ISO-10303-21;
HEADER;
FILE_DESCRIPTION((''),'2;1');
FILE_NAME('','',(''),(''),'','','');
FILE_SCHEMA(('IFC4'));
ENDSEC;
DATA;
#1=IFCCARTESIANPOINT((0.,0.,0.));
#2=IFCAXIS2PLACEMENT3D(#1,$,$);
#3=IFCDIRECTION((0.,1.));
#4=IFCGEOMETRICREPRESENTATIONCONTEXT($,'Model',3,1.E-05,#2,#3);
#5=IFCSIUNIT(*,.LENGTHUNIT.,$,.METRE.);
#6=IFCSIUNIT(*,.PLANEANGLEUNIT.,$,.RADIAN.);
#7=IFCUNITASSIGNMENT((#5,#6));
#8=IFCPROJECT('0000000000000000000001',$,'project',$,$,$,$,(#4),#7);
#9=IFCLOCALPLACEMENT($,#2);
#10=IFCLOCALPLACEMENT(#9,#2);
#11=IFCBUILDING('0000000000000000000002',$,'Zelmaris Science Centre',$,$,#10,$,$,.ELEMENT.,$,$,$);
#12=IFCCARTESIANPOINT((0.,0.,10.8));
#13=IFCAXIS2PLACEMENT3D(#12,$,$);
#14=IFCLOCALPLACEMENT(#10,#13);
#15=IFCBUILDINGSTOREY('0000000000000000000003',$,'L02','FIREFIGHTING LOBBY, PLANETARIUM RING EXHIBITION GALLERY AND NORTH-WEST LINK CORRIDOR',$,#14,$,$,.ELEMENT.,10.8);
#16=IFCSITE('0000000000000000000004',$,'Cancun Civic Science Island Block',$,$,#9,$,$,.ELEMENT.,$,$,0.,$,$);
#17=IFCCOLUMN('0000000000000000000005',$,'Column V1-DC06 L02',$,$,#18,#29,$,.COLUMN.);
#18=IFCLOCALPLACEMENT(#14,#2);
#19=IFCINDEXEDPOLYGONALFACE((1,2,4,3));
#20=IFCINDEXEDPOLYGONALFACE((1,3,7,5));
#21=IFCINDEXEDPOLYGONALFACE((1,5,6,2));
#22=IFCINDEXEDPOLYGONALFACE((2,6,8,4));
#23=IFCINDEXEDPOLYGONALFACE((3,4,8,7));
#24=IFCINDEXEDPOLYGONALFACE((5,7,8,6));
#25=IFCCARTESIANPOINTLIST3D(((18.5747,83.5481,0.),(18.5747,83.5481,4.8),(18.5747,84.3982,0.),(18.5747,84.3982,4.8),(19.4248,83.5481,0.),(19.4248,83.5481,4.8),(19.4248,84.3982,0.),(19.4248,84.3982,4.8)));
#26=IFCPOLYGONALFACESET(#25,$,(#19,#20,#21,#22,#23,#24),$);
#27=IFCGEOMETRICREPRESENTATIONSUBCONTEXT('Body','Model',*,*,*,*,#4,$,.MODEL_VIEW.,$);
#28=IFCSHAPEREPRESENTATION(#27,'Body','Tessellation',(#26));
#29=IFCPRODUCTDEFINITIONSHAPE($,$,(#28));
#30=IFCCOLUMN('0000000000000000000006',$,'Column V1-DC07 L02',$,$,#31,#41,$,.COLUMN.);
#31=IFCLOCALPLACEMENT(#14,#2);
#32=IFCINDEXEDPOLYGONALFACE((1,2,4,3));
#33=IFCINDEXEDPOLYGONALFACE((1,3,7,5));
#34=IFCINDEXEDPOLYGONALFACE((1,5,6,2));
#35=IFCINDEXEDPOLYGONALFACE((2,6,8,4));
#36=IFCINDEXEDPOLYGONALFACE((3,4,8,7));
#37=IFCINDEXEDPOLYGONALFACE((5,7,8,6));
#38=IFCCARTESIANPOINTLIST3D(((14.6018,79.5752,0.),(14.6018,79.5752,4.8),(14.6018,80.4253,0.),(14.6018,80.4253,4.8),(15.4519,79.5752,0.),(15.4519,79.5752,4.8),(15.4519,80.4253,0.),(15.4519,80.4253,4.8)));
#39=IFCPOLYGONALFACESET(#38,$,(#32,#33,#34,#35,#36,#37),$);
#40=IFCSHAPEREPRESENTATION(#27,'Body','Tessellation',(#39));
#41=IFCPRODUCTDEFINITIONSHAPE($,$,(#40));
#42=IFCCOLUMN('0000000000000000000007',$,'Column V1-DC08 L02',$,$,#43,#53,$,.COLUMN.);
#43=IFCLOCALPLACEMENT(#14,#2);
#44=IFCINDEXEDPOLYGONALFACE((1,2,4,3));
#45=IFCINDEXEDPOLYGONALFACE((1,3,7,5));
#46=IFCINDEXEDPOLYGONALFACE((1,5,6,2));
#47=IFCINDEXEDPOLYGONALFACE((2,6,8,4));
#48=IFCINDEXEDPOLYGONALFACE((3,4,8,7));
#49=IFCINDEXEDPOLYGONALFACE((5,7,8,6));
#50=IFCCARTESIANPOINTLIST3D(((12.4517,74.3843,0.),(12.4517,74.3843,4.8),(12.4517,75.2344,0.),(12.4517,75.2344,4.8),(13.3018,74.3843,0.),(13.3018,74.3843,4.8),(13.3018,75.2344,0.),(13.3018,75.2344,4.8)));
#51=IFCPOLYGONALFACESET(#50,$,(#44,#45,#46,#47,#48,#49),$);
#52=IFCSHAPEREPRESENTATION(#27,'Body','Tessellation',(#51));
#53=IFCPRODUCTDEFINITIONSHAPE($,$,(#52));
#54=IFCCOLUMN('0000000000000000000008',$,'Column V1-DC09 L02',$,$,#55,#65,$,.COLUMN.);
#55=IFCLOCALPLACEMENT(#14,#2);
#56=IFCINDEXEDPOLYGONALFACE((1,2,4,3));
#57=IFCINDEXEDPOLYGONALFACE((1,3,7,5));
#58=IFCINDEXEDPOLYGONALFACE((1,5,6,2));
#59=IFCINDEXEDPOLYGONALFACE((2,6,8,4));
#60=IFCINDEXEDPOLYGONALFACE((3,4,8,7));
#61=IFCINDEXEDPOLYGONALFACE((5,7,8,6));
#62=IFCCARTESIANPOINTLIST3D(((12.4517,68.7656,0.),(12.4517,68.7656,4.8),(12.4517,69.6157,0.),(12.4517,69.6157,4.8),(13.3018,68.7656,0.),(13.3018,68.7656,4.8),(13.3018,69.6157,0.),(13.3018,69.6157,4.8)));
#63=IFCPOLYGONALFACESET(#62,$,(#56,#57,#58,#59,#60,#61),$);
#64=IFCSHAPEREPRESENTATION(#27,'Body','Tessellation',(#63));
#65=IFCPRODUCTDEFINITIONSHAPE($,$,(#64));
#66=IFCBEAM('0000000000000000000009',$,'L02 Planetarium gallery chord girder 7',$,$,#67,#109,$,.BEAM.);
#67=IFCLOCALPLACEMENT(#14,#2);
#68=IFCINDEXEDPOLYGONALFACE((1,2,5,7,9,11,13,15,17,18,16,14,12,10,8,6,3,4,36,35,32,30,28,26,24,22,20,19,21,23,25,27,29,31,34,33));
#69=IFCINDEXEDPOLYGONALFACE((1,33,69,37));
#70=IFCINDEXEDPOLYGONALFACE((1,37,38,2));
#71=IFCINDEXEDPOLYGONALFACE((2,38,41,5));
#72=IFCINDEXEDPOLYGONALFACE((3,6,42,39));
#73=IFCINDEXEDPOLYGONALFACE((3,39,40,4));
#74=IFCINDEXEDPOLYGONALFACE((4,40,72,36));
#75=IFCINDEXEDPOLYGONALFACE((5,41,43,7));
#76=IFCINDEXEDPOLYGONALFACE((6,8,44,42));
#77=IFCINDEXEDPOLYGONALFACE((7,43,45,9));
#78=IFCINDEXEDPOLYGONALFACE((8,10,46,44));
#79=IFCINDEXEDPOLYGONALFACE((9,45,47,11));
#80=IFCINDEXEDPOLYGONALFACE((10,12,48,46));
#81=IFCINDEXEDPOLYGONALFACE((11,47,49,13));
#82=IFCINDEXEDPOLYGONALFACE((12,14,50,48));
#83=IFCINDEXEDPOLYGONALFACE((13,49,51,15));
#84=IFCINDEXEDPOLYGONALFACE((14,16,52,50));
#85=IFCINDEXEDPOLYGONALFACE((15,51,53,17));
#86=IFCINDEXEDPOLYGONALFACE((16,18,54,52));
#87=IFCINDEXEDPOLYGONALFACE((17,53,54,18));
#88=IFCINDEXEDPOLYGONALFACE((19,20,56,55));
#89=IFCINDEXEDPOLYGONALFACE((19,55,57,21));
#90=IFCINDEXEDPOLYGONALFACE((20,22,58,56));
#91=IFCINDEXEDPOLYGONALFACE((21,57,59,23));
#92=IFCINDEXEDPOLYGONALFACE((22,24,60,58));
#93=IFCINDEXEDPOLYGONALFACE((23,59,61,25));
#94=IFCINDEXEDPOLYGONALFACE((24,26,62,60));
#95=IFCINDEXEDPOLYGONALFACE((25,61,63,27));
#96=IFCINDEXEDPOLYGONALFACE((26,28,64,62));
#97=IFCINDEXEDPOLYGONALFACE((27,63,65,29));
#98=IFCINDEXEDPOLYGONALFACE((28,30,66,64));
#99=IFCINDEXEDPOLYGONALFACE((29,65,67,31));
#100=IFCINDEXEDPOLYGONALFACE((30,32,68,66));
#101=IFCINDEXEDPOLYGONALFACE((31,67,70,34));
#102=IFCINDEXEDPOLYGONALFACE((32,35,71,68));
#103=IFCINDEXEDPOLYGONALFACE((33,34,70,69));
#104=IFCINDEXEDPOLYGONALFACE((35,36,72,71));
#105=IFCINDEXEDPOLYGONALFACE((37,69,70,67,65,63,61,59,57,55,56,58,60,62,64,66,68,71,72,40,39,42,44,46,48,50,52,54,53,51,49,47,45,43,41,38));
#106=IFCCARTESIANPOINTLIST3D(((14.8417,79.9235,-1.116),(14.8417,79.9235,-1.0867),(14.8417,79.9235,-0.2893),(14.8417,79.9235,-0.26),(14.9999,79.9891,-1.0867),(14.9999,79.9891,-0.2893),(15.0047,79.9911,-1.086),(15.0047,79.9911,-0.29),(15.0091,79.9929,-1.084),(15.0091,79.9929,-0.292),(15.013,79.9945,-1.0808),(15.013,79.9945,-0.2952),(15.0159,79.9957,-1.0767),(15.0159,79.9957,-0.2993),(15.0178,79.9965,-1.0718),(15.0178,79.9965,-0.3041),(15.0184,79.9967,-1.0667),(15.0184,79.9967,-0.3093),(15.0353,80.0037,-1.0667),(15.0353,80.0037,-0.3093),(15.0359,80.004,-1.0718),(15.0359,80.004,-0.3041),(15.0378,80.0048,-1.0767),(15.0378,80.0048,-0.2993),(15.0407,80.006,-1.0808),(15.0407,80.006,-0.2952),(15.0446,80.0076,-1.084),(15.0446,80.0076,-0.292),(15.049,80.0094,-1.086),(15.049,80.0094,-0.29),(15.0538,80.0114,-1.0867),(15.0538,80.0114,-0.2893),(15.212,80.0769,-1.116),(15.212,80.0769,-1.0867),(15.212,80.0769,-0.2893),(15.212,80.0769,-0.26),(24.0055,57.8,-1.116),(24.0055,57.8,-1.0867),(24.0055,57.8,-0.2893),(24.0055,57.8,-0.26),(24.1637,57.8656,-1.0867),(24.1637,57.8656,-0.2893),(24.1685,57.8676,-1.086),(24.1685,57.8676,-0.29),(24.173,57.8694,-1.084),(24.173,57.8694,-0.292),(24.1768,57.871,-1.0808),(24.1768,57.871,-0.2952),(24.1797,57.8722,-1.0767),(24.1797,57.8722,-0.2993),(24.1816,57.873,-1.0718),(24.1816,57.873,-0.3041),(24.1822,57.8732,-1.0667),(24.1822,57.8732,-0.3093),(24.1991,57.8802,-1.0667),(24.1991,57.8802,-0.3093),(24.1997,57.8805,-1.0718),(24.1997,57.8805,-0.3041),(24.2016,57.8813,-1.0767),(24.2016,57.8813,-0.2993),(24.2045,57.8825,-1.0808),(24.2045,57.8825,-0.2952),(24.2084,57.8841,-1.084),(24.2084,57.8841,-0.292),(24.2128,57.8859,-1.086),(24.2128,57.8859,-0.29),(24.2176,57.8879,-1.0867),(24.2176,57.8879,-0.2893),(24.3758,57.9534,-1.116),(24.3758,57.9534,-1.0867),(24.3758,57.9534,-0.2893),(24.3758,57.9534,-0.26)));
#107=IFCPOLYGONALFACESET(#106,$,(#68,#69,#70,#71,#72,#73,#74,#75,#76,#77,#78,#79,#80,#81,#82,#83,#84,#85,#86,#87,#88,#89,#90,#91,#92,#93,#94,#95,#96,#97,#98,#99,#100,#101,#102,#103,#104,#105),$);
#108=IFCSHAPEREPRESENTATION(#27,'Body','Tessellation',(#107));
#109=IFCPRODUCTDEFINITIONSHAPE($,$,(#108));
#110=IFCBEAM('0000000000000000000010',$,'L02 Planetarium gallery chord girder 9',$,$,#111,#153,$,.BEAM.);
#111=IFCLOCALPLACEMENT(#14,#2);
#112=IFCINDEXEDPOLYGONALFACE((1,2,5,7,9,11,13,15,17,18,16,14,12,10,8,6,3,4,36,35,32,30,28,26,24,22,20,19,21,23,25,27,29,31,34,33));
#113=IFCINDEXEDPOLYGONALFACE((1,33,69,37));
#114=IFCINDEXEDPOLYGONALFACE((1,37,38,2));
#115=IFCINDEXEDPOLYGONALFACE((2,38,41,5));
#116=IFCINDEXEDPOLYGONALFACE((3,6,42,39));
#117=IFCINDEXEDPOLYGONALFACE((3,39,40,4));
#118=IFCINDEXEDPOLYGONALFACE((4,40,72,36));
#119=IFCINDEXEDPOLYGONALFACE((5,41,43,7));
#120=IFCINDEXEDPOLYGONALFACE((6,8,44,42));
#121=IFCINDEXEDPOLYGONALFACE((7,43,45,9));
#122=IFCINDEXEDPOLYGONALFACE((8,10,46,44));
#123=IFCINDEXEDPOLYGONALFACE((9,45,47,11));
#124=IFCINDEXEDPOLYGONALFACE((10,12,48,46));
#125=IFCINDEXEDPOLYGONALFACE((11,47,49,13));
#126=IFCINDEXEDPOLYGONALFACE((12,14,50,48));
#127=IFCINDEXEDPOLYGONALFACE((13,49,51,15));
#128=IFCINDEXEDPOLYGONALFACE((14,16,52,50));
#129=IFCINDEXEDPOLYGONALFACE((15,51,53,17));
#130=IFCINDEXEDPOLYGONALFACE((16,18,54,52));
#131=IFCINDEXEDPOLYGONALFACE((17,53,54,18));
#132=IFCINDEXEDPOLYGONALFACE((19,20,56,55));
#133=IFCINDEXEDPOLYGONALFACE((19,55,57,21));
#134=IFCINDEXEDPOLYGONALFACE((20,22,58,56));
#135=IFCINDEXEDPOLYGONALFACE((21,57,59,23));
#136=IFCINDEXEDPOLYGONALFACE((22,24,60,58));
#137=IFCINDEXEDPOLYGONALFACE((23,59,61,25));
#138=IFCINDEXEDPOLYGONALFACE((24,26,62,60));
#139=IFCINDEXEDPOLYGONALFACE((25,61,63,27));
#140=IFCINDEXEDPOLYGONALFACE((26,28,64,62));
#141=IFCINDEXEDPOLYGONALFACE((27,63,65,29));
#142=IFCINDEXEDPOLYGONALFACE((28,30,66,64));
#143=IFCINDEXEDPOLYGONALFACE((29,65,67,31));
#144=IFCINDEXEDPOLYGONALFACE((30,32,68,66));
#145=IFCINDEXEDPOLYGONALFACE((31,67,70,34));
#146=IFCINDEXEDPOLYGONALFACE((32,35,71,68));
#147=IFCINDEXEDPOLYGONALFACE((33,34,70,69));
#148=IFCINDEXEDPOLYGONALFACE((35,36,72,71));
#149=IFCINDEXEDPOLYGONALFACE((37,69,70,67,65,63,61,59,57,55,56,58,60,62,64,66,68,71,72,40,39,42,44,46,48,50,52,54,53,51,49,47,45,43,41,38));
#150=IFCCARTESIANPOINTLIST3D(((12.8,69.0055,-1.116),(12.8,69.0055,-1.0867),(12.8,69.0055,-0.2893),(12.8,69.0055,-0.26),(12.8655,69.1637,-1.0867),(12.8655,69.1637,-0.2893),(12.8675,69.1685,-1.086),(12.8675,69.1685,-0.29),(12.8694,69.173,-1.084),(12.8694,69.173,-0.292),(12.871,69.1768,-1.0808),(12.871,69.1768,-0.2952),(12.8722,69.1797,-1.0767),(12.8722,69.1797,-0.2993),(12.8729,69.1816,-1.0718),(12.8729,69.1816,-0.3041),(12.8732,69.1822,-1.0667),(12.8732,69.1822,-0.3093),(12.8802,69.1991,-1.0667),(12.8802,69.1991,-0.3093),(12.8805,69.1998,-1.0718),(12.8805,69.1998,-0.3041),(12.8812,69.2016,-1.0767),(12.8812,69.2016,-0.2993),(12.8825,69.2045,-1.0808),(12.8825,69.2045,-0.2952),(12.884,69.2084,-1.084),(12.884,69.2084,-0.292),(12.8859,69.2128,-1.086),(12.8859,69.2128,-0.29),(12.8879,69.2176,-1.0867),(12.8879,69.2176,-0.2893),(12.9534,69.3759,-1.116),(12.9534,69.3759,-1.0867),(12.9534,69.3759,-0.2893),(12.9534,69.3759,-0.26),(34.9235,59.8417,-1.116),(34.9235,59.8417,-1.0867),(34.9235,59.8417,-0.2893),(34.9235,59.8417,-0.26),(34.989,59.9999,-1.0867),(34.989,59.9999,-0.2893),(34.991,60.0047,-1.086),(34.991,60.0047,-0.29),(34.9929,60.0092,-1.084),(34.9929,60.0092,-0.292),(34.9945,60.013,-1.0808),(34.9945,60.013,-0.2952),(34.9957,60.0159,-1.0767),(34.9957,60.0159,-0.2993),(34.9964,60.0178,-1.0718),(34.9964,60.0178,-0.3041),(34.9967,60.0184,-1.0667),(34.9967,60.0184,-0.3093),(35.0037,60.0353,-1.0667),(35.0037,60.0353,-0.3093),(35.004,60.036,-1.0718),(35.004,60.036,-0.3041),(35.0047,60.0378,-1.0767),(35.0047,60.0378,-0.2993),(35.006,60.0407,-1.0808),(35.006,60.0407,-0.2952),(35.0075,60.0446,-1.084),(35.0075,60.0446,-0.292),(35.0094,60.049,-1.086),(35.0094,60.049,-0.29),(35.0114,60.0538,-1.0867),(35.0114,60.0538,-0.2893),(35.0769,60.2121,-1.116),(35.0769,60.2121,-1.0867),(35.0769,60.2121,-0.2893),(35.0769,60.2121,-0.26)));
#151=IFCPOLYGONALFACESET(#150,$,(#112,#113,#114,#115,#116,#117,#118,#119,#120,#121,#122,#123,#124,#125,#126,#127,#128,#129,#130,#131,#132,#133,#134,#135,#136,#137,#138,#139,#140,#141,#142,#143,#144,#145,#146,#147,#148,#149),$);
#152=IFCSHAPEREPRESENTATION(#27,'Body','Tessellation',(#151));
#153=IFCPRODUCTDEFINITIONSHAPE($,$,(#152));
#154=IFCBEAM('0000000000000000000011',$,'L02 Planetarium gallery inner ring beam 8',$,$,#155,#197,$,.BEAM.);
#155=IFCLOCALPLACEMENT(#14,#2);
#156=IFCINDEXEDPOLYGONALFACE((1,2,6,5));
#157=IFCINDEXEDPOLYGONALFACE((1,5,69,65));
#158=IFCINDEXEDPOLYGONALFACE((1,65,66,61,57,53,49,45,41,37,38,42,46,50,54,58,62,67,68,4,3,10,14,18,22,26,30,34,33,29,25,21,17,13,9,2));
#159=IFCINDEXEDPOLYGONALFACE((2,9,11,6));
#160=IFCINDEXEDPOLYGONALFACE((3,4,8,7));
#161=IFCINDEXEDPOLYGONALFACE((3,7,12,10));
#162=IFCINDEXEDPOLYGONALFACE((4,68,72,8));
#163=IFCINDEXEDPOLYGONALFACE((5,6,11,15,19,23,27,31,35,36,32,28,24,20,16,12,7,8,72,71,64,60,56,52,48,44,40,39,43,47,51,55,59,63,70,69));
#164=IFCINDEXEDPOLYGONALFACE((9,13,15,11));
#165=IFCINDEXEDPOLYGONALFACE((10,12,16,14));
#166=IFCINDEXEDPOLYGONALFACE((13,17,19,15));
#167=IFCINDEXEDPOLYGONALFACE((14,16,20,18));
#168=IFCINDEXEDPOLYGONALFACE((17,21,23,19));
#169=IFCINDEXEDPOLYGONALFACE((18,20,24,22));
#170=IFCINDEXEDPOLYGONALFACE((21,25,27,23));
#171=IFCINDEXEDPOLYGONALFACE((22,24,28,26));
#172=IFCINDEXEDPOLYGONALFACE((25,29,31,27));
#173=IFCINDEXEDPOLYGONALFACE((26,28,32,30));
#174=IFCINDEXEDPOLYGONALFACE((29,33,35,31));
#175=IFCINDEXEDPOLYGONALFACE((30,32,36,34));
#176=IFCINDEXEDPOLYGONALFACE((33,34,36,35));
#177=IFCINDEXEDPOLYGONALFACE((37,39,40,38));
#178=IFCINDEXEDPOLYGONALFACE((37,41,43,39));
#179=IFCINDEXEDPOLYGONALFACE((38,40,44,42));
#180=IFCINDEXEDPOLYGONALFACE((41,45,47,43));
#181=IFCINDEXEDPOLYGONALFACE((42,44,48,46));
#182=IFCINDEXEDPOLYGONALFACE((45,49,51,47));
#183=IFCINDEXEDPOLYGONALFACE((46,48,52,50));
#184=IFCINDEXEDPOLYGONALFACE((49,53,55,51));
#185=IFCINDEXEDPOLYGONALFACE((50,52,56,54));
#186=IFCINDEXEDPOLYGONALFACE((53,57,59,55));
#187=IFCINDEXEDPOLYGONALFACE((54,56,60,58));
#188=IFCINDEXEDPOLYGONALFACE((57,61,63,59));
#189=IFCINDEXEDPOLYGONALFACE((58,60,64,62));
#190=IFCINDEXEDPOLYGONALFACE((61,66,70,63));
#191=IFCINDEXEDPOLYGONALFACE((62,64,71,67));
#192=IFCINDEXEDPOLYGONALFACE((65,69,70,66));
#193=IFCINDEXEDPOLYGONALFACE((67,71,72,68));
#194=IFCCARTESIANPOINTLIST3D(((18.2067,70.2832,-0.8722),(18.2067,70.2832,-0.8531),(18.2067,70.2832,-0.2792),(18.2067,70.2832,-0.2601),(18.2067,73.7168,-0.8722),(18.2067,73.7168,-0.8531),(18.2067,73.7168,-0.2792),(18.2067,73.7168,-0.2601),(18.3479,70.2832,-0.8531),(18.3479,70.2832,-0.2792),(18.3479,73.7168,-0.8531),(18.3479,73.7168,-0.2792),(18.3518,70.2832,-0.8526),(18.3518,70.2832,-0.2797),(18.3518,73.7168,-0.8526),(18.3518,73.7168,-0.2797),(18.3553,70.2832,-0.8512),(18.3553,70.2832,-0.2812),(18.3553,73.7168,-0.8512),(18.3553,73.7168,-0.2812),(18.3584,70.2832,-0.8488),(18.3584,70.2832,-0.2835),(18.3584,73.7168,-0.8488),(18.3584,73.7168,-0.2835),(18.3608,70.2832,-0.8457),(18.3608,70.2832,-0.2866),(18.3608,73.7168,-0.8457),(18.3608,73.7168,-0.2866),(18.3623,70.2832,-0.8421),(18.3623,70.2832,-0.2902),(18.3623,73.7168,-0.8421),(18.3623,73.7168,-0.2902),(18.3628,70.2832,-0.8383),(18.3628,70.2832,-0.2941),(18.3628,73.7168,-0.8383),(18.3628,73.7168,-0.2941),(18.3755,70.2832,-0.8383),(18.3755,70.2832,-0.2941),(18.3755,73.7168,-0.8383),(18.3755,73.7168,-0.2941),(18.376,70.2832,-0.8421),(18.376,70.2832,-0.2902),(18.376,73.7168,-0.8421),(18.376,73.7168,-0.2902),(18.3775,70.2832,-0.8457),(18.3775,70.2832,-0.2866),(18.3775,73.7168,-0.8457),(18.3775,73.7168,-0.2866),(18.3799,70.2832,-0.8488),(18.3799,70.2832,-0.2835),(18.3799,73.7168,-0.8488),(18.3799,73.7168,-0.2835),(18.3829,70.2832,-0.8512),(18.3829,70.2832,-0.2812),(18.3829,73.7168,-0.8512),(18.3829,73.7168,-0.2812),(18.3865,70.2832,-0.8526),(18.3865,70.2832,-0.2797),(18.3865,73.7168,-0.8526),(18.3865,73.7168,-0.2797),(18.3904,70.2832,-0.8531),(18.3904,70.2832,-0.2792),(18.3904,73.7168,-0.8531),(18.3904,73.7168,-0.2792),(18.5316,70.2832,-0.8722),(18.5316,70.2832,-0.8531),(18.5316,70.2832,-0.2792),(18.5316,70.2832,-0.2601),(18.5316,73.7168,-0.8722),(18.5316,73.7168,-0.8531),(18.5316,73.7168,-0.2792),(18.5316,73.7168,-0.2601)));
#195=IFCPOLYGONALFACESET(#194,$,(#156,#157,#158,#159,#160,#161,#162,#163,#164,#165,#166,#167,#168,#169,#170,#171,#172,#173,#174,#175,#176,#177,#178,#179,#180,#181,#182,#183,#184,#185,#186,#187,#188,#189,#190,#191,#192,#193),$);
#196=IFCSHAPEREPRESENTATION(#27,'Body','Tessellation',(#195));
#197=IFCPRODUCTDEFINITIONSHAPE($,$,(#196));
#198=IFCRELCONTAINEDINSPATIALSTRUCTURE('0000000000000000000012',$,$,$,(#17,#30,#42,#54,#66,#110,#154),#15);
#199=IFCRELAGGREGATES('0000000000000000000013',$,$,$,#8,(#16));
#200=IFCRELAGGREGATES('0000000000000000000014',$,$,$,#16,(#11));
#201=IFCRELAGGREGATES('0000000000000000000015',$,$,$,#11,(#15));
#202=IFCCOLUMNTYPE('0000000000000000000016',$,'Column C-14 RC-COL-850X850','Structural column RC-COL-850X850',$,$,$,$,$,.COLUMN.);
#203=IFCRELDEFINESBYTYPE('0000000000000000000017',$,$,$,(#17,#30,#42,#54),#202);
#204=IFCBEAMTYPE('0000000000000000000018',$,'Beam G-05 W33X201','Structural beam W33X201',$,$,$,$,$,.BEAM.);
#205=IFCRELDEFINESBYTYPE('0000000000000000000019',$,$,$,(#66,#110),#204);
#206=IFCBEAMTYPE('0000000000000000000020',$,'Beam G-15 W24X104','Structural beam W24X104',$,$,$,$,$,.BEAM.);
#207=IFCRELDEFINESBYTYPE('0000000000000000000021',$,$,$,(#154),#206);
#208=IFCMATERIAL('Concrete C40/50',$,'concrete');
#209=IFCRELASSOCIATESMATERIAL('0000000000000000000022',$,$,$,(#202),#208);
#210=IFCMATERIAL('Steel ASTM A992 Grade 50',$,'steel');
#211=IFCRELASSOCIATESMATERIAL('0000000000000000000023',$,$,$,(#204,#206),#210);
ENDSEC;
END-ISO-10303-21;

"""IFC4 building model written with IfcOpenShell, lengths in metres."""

from ifc_helpers import new_model, si_unit, direction, frame, origin, origin_2d, place, context, subcontext, project, spatial, rectangle, i_section, extrude, material, material_profile, profile_set, type_object, element, save


model = new_model("IFC4")

# Units and contexts
model_context = context("Model", 3, precision=1e-05, world=origin(), true_north=direction((0.0, 1.0)))
body_context = subcontext(model_context, "Body", "Model", "MODEL_VIEW")
ifc_project = project(units=[si_unit("LENGTHUNIT", "METRE"), si_unit("PLANEANGLEUNIT", "RADIAN")], contexts=[model_context])

# Site, building, storey
site_placement = place(None, origin())
site = spatial("IfcSite", under=ifc_project, at=site_placement, Name="Cancun Civic Science Island Block", CompositionType="ELEMENT", RefElevation=0.0)
building_placement = place(site_placement, origin())
building = spatial("IfcBuilding", under=site, at=building_placement, Name="Zelmaris Science Centre", CompositionType="ELEMENT")
storey_placement = place(building_placement, frame((0.0, 0.0, 10.8)))
storey = spatial("IfcBuildingStorey", under=building, at=storey_placement, Name="L02", Description="FIREFIGHTING LOBBY, PLANETARIUM RING EXHIBITION GALLERY AND NORTH-WEST LINK CORRIDOR", CompositionType="ELEMENT", Elevation=10.8)

# Columns
ifc_material_1 = material(Name="Concrete C40/50", Category="concrete")
ifc_material_profile_1 = material_profile(ifc_material_1, rectangle(XDim=0.8501, YDim=0.8501, at=origin_2d()), Name="RC-COL-850X850")
ifc_profile_set_1 = profile_set([ifc_material_profile_1], Name="Concrete C40/50")
column_type = type_object("IfcColumnType", Name="Column C-14 RC-COL-850X850", Description="Structural column RC-COL-850X850", PredefinedType="COLUMN", material=ifc_profile_set_1)
for number, where, z_axis, x_axis, name in (
    (1, (18.9998, 83.9731, 0.0), (0.0, 0.0, 1.0), (1.0, 0.0, 0.0), "Column V1-DC06 L02"),
    (2, (15.0269, 80.0002, 0.0), (0.0, 0.0, 1.0), (1.0, 0.0, 0.0), "Column V1-DC07 L02"),
    (3, (12.8767, 74.8093, 0.0), (0.0, 0.0, 1.0), (1.0, 0.0, 0.0), "Column V1-DC08 L02"),
    (4, (12.8767, 69.1907, 0.0), (0.0, 0.0, 1.0), (1.0, 0.0, 0.0), "Column V1-DC09 L02"),
):
    element("IfcColumn", number, at=place(storey_placement, frame(where, z_axis=z_axis, x_axis=x_axis)), inside=storey, type_object=column_type, Name=name, PredefinedType="COLUMN", context=body_context, shape_type="SweptSolid", body=[
        extrude(rectangle(XDim=0.8501, YDim=0.8501, at=origin_2d()), origin(), (0.0, 0.0, 1.0), 4.8),
    ])

# Beams
ifc_material_2 = material(Name="Steel ASTM A992 Grade 50", Category="steel")
ifc_material_profile_2 = material_profile(ifc_material_2, i_section(OverallWidth=0.4009, OverallDepth=0.856, WebThickness=0.0183, FlangeThickness=0.0293, FilletRadius=0.02, at=origin_2d()), Name="W33X201")
ifc_profile_set_2 = profile_set([ifc_material_profile_2], Name="Steel ASTM A992 Grade 50")
beam_type_1 = type_object("IfcBeamType", Name="Beam G-05 W33X201", Description="Structural beam W33X201", PredefinedType="BEAM", material=ifc_profile_set_2)
for number, where, z_axis, x_axis, name in (
    (5, (15.0269, 80.0002, -0.688), (0.382682, -0.92388, 0.0), (0.92388, 0.382682, 0.0), "L02 Planetarium gallery chord girder 7"),
    (6, (12.8767, 69.1907, -0.688), (0.92388, -0.382682, 0.0), (0.382682, 0.92388, 0.0), "L02 Planetarium gallery chord girder 9"),
):
    element("IfcBeam", number, at=place(storey_placement, frame(where, z_axis=z_axis, x_axis=x_axis)), inside=storey, type_object=beam_type_1, Name=name, PredefinedType="BEAM", context=body_context, shape_type="SweptSolid", body=[
        extrude(i_section(OverallWidth=0.4009, OverallDepth=0.856, WebThickness=0.0183, FlangeThickness=0.0293, FilletRadius=0.02, at=origin_2d()), origin(), (0.0, 0.0, 1.0), 23.9463),
    ])
ifc_material_profile_3 = material_profile(ifc_material_2, i_section(OverallWidth=0.325, OverallDepth=0.6121, WebThickness=0.0127, FlangeThickness=0.019, FilletRadius=0.0149, at=origin_2d()), Name="W24X104")
ifc_profile_set_3 = profile_set([ifc_material_profile_3], Name="Steel ASTM A992 Grade 50")
beam_type_2 = type_object("IfcBeamType", Name="Beam G-15 W24X104", Description="Structural beam W24X104", PredefinedType="BEAM", material=ifc_profile_set_3)
for number, where, z_axis, x_axis, name in (
    (7, (18.3691, 73.7168, -0.5662), (0.0, -1.0, 0.0), (1.0, 0.0, 0.0), "L02 Planetarium gallery inner ring beam 8"),
):
    element("IfcBeam", number, at=place(storey_placement, frame(where, z_axis=z_axis, x_axis=x_axis)), inside=storey, type_object=beam_type_2, Name=name, PredefinedType="BEAM", context=body_context, shape_type="SweptSolid", body=[
        extrude(i_section(OverallWidth=0.325, OverallDepth=0.6121, WebThickness=0.0127, FlangeThickness=0.019, FilletRadius=0.0149, at=origin_2d()), origin(), (0.0, 0.0, 1.0), 3.4336),
    ])

save(model, "model.ifc")
